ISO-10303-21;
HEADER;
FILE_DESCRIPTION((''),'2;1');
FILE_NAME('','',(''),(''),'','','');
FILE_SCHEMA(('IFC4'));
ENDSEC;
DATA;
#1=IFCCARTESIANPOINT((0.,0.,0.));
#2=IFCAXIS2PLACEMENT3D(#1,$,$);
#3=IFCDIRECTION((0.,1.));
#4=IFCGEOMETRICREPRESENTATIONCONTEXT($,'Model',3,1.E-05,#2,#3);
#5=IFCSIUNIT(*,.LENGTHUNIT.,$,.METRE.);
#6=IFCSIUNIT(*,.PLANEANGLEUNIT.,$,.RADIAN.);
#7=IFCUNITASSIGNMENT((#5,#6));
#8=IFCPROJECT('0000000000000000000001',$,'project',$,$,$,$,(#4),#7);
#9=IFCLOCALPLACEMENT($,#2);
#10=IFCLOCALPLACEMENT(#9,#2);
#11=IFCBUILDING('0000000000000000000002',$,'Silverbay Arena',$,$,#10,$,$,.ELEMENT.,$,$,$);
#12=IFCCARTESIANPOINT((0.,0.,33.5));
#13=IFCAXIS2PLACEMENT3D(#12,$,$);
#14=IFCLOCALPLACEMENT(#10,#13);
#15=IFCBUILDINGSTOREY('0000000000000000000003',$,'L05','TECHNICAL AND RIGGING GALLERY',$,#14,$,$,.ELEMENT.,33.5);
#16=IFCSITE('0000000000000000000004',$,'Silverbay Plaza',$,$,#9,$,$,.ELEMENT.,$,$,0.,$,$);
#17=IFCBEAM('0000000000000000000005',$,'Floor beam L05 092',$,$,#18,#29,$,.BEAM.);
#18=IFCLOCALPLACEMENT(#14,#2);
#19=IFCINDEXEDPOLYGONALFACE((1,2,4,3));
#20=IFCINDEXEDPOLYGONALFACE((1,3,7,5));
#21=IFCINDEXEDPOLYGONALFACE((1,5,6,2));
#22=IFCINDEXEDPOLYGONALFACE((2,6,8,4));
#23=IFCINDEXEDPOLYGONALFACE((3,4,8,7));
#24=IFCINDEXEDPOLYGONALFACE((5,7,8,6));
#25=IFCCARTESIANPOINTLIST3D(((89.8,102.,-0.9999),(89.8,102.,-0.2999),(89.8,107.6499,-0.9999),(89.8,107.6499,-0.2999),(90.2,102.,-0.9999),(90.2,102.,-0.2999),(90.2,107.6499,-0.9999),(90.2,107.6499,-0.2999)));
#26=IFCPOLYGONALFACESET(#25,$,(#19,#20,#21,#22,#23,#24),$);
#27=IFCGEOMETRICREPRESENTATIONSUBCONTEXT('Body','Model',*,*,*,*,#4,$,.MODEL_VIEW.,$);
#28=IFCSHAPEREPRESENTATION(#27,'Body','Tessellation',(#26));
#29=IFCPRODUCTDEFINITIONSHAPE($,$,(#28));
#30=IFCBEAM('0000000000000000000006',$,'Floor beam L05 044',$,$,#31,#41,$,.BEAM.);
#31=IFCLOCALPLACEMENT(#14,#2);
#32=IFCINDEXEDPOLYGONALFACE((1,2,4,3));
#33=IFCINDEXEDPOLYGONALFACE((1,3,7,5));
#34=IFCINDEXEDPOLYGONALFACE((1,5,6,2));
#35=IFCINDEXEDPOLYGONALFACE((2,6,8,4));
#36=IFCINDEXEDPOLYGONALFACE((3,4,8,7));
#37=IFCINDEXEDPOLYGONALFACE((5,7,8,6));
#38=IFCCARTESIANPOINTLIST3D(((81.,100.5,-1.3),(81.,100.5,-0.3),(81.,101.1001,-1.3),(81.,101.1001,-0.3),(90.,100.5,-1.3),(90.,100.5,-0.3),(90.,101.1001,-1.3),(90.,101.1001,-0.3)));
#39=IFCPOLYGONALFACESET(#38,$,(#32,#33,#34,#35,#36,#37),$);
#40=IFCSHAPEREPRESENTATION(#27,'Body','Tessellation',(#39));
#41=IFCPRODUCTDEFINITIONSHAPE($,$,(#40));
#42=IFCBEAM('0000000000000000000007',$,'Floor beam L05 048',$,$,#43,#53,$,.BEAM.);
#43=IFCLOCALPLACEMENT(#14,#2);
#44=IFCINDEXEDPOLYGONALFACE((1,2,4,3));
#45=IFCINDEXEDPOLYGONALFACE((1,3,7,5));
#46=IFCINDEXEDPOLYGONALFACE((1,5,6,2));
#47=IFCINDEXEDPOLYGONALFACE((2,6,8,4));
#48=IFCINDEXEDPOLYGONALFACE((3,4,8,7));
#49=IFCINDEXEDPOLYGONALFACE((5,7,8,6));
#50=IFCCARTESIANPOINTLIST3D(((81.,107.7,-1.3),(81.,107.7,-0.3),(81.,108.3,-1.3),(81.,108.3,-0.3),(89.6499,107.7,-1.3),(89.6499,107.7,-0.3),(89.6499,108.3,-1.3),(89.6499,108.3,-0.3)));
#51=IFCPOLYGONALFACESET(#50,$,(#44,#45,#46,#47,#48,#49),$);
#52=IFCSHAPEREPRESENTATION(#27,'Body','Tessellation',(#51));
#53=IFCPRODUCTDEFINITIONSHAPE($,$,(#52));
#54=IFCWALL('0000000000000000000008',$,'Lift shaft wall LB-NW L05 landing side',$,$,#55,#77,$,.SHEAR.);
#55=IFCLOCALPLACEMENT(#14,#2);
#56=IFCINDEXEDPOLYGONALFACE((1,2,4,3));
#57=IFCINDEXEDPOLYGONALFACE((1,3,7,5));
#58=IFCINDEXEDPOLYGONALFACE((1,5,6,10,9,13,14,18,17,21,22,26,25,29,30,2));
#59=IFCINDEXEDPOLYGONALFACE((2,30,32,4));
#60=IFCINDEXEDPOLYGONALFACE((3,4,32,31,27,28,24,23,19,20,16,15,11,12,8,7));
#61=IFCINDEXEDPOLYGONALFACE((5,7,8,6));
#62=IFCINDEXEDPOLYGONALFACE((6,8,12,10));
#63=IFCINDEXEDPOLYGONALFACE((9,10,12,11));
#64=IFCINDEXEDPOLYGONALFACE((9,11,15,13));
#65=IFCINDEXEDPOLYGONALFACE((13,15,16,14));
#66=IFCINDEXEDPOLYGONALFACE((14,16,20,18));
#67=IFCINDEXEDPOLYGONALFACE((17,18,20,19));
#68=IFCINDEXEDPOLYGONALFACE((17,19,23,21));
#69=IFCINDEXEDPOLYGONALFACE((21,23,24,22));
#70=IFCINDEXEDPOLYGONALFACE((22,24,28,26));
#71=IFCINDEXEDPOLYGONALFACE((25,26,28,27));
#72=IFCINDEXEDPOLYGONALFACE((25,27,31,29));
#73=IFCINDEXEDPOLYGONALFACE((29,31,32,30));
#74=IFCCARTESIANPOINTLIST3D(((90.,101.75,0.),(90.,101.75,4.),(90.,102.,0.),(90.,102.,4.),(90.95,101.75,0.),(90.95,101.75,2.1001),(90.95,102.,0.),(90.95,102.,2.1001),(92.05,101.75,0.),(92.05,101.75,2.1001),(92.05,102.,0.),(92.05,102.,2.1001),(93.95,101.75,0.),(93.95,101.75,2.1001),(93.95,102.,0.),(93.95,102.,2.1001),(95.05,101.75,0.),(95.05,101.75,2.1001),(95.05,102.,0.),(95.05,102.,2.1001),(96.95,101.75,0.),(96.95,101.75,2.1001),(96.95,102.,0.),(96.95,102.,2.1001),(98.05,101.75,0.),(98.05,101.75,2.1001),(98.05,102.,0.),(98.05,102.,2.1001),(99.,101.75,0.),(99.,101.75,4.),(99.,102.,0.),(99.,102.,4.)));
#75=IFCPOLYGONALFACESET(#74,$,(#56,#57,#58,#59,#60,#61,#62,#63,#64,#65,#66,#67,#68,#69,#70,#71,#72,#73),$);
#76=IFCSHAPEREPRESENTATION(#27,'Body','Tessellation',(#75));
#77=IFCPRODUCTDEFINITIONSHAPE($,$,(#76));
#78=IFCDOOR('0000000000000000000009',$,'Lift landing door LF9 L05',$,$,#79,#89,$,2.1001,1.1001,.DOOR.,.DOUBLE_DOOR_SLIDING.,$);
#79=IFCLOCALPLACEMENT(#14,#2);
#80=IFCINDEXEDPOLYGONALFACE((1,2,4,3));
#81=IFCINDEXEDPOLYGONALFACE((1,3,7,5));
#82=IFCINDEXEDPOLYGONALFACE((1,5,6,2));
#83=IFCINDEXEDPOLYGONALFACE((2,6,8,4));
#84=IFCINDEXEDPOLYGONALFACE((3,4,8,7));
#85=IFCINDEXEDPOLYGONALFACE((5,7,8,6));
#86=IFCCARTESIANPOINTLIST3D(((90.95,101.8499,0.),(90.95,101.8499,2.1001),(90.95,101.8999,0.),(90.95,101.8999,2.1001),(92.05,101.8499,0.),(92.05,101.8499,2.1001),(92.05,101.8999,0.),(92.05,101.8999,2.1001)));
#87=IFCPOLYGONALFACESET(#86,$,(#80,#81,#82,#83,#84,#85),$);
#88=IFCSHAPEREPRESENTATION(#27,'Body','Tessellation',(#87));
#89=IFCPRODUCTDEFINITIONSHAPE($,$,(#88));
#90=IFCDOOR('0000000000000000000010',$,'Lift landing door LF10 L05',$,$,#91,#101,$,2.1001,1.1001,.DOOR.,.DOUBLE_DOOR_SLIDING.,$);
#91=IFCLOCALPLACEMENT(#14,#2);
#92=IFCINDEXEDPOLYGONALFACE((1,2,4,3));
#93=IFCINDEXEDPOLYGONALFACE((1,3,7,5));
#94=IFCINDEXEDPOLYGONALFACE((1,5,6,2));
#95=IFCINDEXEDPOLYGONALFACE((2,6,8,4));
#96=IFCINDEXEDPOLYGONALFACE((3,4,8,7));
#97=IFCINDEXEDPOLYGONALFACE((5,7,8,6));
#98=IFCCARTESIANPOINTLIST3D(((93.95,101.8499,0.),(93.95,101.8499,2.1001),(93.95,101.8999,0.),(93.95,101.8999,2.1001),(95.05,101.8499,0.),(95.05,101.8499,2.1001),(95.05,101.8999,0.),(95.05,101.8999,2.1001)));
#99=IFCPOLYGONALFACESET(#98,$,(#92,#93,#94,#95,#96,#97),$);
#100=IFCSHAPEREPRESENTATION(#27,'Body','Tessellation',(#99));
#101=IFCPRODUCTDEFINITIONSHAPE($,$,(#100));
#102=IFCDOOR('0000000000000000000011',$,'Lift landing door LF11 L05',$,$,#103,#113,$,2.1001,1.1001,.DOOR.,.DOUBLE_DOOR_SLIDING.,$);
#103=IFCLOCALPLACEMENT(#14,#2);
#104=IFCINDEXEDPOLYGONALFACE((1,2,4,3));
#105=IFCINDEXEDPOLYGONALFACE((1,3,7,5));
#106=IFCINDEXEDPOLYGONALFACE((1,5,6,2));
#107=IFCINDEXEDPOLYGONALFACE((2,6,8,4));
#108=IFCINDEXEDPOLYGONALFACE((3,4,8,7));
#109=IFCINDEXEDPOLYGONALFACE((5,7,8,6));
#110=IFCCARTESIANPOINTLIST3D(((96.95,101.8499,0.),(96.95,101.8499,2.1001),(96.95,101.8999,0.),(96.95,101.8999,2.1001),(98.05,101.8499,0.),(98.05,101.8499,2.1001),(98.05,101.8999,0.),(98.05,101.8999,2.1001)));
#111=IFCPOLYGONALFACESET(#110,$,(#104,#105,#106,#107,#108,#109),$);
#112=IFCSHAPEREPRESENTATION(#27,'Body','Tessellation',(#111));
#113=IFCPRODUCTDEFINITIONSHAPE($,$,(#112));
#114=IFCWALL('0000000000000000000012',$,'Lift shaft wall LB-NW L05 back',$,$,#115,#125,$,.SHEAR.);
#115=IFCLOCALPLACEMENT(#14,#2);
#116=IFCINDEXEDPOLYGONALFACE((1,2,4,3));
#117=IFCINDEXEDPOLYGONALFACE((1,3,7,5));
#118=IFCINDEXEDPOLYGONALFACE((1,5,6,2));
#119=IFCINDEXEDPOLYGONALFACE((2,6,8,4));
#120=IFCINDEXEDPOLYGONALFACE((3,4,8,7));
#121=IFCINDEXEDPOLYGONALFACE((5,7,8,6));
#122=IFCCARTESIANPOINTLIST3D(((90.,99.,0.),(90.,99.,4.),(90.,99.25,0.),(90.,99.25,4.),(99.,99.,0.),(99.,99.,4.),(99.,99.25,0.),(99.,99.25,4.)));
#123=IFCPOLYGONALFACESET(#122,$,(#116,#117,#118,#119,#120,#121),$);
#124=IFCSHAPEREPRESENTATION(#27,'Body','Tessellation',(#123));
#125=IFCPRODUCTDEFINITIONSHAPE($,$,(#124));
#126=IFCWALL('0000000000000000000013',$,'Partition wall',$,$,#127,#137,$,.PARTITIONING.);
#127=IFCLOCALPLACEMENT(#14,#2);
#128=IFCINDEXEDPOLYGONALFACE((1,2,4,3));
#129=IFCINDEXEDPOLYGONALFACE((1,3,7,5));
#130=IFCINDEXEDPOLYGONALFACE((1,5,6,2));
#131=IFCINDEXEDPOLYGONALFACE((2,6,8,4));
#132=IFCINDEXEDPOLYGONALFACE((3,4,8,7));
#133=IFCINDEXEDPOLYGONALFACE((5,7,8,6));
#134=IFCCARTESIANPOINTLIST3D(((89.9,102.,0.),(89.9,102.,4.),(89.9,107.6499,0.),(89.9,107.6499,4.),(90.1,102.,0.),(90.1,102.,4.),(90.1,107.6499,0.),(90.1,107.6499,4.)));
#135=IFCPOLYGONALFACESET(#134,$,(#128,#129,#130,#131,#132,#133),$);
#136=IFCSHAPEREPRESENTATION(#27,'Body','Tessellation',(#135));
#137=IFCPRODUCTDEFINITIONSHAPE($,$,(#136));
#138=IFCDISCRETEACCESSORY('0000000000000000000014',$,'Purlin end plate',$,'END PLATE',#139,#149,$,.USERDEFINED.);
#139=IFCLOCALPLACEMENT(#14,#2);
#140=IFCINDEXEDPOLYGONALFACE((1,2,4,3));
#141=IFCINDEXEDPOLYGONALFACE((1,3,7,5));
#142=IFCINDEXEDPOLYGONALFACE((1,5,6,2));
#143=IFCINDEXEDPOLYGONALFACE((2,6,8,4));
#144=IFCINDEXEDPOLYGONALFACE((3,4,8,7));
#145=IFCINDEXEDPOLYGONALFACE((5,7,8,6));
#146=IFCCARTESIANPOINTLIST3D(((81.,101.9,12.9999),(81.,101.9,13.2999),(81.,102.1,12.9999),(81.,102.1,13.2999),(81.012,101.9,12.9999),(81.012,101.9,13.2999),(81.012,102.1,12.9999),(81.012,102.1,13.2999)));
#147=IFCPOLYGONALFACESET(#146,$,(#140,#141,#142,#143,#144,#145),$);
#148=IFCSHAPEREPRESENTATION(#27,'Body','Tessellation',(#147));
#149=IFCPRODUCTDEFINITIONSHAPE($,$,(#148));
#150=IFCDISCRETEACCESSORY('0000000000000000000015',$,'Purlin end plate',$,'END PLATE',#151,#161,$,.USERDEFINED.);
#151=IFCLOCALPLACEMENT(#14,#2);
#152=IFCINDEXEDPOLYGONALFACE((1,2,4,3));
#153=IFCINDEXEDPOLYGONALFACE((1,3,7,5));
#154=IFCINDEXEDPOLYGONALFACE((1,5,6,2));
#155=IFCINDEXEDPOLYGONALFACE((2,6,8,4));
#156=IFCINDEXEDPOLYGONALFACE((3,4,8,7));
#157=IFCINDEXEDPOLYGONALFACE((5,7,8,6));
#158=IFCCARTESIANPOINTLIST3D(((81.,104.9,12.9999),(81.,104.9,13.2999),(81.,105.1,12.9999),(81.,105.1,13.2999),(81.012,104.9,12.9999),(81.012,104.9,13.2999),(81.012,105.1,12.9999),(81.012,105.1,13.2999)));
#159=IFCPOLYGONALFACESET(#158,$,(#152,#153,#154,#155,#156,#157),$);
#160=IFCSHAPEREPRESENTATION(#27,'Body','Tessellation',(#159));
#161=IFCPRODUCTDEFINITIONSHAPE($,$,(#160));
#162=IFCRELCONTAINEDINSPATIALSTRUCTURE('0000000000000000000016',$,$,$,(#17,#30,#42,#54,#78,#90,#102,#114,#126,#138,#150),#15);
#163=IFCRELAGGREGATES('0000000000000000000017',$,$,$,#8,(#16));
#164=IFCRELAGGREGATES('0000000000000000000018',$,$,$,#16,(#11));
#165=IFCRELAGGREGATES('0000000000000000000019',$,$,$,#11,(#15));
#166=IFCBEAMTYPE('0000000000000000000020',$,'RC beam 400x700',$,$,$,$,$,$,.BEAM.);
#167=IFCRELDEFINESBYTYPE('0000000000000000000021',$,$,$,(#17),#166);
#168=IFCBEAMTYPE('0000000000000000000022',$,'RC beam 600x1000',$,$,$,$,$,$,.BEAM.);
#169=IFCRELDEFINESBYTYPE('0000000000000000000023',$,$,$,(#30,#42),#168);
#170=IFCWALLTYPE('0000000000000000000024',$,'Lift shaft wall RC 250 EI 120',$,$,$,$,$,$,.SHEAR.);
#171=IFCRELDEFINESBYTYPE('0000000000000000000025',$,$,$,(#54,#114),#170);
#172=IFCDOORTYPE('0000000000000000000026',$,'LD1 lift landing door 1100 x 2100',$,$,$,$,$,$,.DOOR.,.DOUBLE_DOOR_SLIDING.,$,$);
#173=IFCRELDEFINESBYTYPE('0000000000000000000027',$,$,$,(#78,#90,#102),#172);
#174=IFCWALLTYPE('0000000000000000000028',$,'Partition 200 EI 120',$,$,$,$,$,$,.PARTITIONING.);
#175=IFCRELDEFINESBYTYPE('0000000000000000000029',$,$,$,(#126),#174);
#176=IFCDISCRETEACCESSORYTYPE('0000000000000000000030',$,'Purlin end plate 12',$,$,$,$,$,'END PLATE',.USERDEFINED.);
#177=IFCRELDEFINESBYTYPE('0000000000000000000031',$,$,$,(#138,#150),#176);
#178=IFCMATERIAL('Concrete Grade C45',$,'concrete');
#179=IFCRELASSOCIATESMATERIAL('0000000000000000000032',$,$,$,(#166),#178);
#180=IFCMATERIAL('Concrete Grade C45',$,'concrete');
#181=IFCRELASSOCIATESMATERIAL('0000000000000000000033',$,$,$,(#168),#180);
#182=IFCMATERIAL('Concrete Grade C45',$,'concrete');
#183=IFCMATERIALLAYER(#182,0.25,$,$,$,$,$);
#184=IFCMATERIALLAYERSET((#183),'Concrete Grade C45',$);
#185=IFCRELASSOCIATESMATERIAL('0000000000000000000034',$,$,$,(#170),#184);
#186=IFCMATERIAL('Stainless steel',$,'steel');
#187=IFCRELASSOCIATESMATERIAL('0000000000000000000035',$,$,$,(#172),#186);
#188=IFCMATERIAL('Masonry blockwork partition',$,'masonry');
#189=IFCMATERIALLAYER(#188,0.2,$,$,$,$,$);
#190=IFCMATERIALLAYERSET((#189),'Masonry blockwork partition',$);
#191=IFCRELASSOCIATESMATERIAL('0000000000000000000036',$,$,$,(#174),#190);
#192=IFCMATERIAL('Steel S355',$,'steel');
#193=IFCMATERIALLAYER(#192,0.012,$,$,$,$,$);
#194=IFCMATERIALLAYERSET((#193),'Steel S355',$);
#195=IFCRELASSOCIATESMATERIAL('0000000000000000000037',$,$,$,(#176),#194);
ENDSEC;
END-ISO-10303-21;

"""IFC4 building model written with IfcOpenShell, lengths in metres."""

from ifc_helpers import new_model, si_unit, direction, frame, frame_2d, origin, origin_2d, place, context, subcontext, project, spatial, rectangle, extrude, material, layer, layer_set, material_profile, profile_set, type_object, element, fill, save


model = new_model("IFC4")

# Units and contexts
model_context = context("Model", 3, precision=1e-05, world=origin(), true_north=direction((0.0, 1.0)))
body_context = subcontext(model_context, "Body", "Model", "MODEL_VIEW")
ifc_project = project(units=[si_unit("LENGTHUNIT", "METRE"), si_unit("PLANEANGLEUNIT", "RADIAN")], contexts=[model_context])

# Site, building, storey
site_placement = place(None, origin())
site = spatial("IfcSite", under=ifc_project, at=site_placement, Name="Silverbay Plaza", CompositionType="ELEMENT", RefElevation=0.0)
building_placement = place(site_placement, origin())
building = spatial("IfcBuilding", under=site, at=building_placement, Name="Silverbay Arena", CompositionType="ELEMENT")
storey_placement = place(building_placement, frame((0.0, 0.0, 33.5)))
storey = spatial("IfcBuildingStorey", under=building, at=storey_placement, Name="L05", Description="TECHNICAL AND RIGGING GALLERY", CompositionType="ELEMENT", Elevation=33.5)

# Beams
ifc_material_1 = material(Name="Concrete Grade C45", Category="concrete")
ifc_material_profile_1 = material_profile(ifc_material_1, rectangle(XDim=0.3999, YDim=0.7, at=origin_2d()), Name="RC 400x700")
ifc_profile_set_1 = profile_set([ifc_material_profile_1], Name="Concrete Grade C45")
beam_type_1 = type_object("IfcBeamType", Name="RC beam 400x700", PredefinedType="BEAM", material=ifc_profile_set_1)
beam_1_placement = place(storey_placement, frame((90.0, 102.0, -0.6499), z_axis=(0.0, 1.0, 0.0), x_axis=(-1.0, 0.0, 0.0)))
element("IfcBeam", 1, at=beam_1_placement, inside=storey, type_object=beam_type_1, Name="Floor beam L05 092", PredefinedType="BEAM", context=body_context, shape_type="SweptSolid", body=[
    extrude(rectangle(XDim=0.3999, YDim=0.7, at=origin_2d()), origin(), (0.0, 0.0, 1.0), 5.6499),
])
ifc_material_2 = material(Name="Concrete Grade C45", Category="concrete")
ifc_material_profile_2 = material_profile(ifc_material_2, rectangle(XDim=0.6001, YDim=1.0, at=origin_2d()), Name="RC 600x1000")
ifc_profile_set_2 = profile_set([ifc_material_profile_2], Name="Concrete Grade C45")
beam_type_2 = type_object("IfcBeamType", Name="RC beam 600x1000", PredefinedType="BEAM", material=ifc_profile_set_2)
beam_2_placement = place(storey_placement, frame((81.0, 100.8, -0.8), z_axis=(1.0, 0.0, 0.0), x_axis=(0.0, 1.0, 0.0)))
element("IfcBeam", 2, at=beam_2_placement, inside=storey, type_object=beam_type_2, Name="Floor beam L05 044", PredefinedType="BEAM", context=body_context, shape_type="SweptSolid", body=[
    extrude(rectangle(XDim=0.6001, YDim=1.0, at=origin_2d()), origin(), (0.0, 0.0, 1.0), 9.0),
])
beam_3_placement = place(storey_placement, frame((81.0, 108.0, -0.8), z_axis=(1.0, 0.0, 0.0), x_axis=(0.0, 1.0, 0.0)))
element("IfcBeam", 3, at=beam_3_placement, inside=storey, type_object=beam_type_2, Name="Floor beam L05 048", PredefinedType="BEAM", context=body_context, shape_type="SweptSolid", body=[
    extrude(rectangle(XDim=0.6001, YDim=1.0, at=origin_2d()), origin(), (0.0, 0.0, 1.0), 8.6499),
])

# Wall, openings, doors
ifc_material_3 = material(Name="Concrete Grade C45", Category="concrete")
ifc_layer_1 = layer(ifc_material_3, 0.25)
ifc_layer_set_1 = layer_set([ifc_layer_1], Name="Concrete Grade C45")
wall_type_1 = type_object("IfcWallType", Name="Lift shaft wall RC 250 EI 120", PredefinedType="SHEAR", material=ifc_layer_set_1)
wall_1_placement = place(storey_placement, frame((90.0, 101.875, 0.0), z_axis=(0.0, 0.0, 1.0), x_axis=(1.0, 0.0, 0.0)))
wall_1 = element("IfcWall", 4, at=wall_1_placement, inside=storey, type_object=wall_type_1, Name="Lift shaft wall LB-NW L05 landing side", PredefinedType="SHEAR", context=body_context, shape_type="SweptSolid", body=[
    extrude(rectangle(XDim=9.0, YDim=0.25, at=frame_2d((4.5, 0.0))), origin(), (0.0, 0.0, 1.0), 4.0),
])
opening_1_placement = place(wall_1_placement, frame((0.95, 0.0, 0.0)))
opening_1 = element("IfcOpeningElement", 5, at=opening_1_placement, cuts=wall_1, PredefinedType="OPENING", context=body_context, shape_type="SweptSolid", body=[
    extrude(rectangle(XDim=1.1001, YDim=2.1001, at=frame_2d((0.55, 1.05))), frame((0.0, 0.135, 0.0), z_axis=(0.0, -1.0, 0.0), x_axis=(1.0, 0.0, 0.0)), (0.0, 0.0, 1.0), 0.27),
])
opening_2_placement = place(wall_1_placement, frame((3.95, 0.0, 0.0)))
opening_2 = element("IfcOpeningElement", 6, at=opening_2_placement, cuts=wall_1, PredefinedType="OPENING", context=body_context, shape_type="SweptSolid", body=[
    extrude(rectangle(XDim=1.1001, YDim=2.1001, at=frame_2d((0.55, 1.05))), frame((0.0, 0.135, 0.0), z_axis=(0.0, -1.0, 0.0), x_axis=(1.0, 0.0, 0.0)), (0.0, 0.0, 1.0), 0.27),
])
opening_3_placement = place(wall_1_placement, frame((6.95, 0.0, 0.0)))
opening_3 = element("IfcOpeningElement", 7, at=opening_3_placement, cuts=wall_1, PredefinedType="OPENING", context=body_context, shape_type="SweptSolid", body=[
    extrude(rectangle(XDim=1.1001, YDim=2.1001, at=frame_2d((0.55, 1.05))), frame((0.0, 0.135, 0.0), z_axis=(0.0, -1.0, 0.0), x_axis=(1.0, 0.0, 0.0)), (0.0, 0.0, 1.0), 0.27),
])
ifc_material_4 = material(Name="Stainless steel", Category="steel")
door_type = type_object("IfcDoorType", Name="LD1 lift landing door 1100 x 2100", OperationType="DOUBLE_DOOR_SLIDING", PredefinedType="DOOR", material=ifc_material_4)
door_1_placement = place(opening_1_placement, origin())
door_1 = element("IfcDoor", 8, at=door_1_placement, inside=storey, type_object=door_type, Name="Lift landing door LF9 L05", OperationType="DOUBLE_DOOR_SLIDING", OverallHeight=2.1001, OverallWidth=1.1001, PredefinedType="DOOR", context=body_context, shape_type="SweptSolid", body=[
    extrude(rectangle(XDim=1.1001, YDim=2.1001, at=frame_2d((0.55, 1.05))), frame((0.0, 0.0249, 0.0), z_axis=(0.0, -1.0, 0.0), x_axis=(1.0, 0.0, 0.0)), (0.0, 0.0, 1.0), 0.05),
])
fill(opening_1, door_1)
door_2_placement = place(opening_2_placement, origin())
door_2 = element("IfcDoor", 9, at=door_2_placement, inside=storey, type_object=door_type, Name="Lift landing door LF10 L05", OperationType="DOUBLE_DOOR_SLIDING", OverallHeight=2.1001, OverallWidth=1.1001, PredefinedType="DOOR", context=body_context, shape_type="SweptSolid", body=[
    extrude(rectangle(XDim=1.1001, YDim=2.1001, at=frame_2d((0.55, 1.05))), frame((0.0, 0.0249, 0.0), z_axis=(0.0, -1.0, 0.0), x_axis=(1.0, 0.0, 0.0)), (0.0, 0.0, 1.0), 0.05),
])
fill(opening_2, door_2)
door_3_placement = place(opening_3_placement, origin())
door_3 = element("IfcDoor", 10, at=door_3_placement, inside=storey, type_object=door_type, Name="Lift landing door LF11 L05", OperationType="DOUBLE_DOOR_SLIDING", OverallHeight=2.1001, OverallWidth=1.1001, PredefinedType="DOOR", context=body_context, shape_type="SweptSolid", body=[
    extrude(rectangle(XDim=1.1001, YDim=2.1001, at=frame_2d((0.55, 1.05))), frame((0.0, 0.0249, 0.0), z_axis=(0.0, -1.0, 0.0), x_axis=(1.0, 0.0, 0.0)), (0.0, 0.0, 1.0), 0.05),
])
fill(opening_3, door_3)

# Walls
wall_2_placement = place(storey_placement, frame((90.0, 99.125, 0.0), z_axis=(0.0, 0.0, 1.0), x_axis=(1.0, 0.0, 0.0)))
element("IfcWall", 11, at=wall_2_placement, inside=storey, type_object=wall_type_1, Name="Lift shaft wall LB-NW L05 back", PredefinedType="SHEAR", context=body_context, shape_type="SweptSolid", body=[
    extrude(rectangle(XDim=9.0, YDim=0.25, at=frame_2d((4.5, 0.0))), origin(), (0.0, 0.0, 1.0), 4.0),
])
ifc_material_5 = material(Name="Masonry blockwork partition", Category="masonry")
ifc_layer_2 = layer(ifc_material_5, 0.2)
ifc_layer_set_2 = layer_set([ifc_layer_2], Name="Masonry blockwork partition")
wall_type_2 = type_object("IfcWallType", Name="Partition 200 EI 120", PredefinedType="PARTITIONING", material=ifc_layer_set_2)
wall_3_placement = place(storey_placement, frame((90.0, 102.0, 0.0), z_axis=(0.0, 0.0, 1.0), x_axis=(0.0, 1.0, 0.0)))
element("IfcWall", 12, at=wall_3_placement, inside=storey, type_object=wall_type_2, Name="Partition wall", PredefinedType="PARTITIONING", context=body_context, shape_type="SweptSolid", body=[
    extrude(rectangle(XDim=5.6499, YDim=0.2, at=frame_2d((2.825, 0.0))), origin(), (0.0, 0.0, 1.0), 4.0),
])

# Discrete accessories
ifc_material_6 = material(Name="Steel S355", Category="steel")
ifc_layer_3 = layer(ifc_material_6, 0.012)
ifc_layer_set_3 = layer_set([ifc_layer_3], Name="Steel S355")
discrete_accessory_type = type_object("IfcDiscreteAccessoryType", Name="Purlin end plate 12", ElementType="END PLATE", PredefinedType="USERDEFINED", material=ifc_layer_set_3)
for number, where, z_axis, x_axis, name in (
    (13, (81.0, 102.0, 13.1499), (1.0, 0.0, 0.0), (0.0, 1.0, 0.0), "Purlin end plate"),
    (14, (81.0, 105.0, 13.1499), (1.0, 0.0, 0.0), (0.0, 1.0, 0.0), "Purlin end plate"),
):
    element("IfcDiscreteAccessory", number, at=place(storey_placement, frame(where, z_axis=z_axis, x_axis=x_axis)), inside=storey, type_object=discrete_accessory_type, Name=name, ObjectType="END PLATE", PredefinedType="USERDEFINED", context=body_context, shape_type="SweptSolid", body=[
        extrude(rectangle(XDim=0.2, YDim=0.3, at=origin_2d()), origin(), (0.0, 0.0, 1.0), 0.012),
    ])

save(model, "model.ifc")
